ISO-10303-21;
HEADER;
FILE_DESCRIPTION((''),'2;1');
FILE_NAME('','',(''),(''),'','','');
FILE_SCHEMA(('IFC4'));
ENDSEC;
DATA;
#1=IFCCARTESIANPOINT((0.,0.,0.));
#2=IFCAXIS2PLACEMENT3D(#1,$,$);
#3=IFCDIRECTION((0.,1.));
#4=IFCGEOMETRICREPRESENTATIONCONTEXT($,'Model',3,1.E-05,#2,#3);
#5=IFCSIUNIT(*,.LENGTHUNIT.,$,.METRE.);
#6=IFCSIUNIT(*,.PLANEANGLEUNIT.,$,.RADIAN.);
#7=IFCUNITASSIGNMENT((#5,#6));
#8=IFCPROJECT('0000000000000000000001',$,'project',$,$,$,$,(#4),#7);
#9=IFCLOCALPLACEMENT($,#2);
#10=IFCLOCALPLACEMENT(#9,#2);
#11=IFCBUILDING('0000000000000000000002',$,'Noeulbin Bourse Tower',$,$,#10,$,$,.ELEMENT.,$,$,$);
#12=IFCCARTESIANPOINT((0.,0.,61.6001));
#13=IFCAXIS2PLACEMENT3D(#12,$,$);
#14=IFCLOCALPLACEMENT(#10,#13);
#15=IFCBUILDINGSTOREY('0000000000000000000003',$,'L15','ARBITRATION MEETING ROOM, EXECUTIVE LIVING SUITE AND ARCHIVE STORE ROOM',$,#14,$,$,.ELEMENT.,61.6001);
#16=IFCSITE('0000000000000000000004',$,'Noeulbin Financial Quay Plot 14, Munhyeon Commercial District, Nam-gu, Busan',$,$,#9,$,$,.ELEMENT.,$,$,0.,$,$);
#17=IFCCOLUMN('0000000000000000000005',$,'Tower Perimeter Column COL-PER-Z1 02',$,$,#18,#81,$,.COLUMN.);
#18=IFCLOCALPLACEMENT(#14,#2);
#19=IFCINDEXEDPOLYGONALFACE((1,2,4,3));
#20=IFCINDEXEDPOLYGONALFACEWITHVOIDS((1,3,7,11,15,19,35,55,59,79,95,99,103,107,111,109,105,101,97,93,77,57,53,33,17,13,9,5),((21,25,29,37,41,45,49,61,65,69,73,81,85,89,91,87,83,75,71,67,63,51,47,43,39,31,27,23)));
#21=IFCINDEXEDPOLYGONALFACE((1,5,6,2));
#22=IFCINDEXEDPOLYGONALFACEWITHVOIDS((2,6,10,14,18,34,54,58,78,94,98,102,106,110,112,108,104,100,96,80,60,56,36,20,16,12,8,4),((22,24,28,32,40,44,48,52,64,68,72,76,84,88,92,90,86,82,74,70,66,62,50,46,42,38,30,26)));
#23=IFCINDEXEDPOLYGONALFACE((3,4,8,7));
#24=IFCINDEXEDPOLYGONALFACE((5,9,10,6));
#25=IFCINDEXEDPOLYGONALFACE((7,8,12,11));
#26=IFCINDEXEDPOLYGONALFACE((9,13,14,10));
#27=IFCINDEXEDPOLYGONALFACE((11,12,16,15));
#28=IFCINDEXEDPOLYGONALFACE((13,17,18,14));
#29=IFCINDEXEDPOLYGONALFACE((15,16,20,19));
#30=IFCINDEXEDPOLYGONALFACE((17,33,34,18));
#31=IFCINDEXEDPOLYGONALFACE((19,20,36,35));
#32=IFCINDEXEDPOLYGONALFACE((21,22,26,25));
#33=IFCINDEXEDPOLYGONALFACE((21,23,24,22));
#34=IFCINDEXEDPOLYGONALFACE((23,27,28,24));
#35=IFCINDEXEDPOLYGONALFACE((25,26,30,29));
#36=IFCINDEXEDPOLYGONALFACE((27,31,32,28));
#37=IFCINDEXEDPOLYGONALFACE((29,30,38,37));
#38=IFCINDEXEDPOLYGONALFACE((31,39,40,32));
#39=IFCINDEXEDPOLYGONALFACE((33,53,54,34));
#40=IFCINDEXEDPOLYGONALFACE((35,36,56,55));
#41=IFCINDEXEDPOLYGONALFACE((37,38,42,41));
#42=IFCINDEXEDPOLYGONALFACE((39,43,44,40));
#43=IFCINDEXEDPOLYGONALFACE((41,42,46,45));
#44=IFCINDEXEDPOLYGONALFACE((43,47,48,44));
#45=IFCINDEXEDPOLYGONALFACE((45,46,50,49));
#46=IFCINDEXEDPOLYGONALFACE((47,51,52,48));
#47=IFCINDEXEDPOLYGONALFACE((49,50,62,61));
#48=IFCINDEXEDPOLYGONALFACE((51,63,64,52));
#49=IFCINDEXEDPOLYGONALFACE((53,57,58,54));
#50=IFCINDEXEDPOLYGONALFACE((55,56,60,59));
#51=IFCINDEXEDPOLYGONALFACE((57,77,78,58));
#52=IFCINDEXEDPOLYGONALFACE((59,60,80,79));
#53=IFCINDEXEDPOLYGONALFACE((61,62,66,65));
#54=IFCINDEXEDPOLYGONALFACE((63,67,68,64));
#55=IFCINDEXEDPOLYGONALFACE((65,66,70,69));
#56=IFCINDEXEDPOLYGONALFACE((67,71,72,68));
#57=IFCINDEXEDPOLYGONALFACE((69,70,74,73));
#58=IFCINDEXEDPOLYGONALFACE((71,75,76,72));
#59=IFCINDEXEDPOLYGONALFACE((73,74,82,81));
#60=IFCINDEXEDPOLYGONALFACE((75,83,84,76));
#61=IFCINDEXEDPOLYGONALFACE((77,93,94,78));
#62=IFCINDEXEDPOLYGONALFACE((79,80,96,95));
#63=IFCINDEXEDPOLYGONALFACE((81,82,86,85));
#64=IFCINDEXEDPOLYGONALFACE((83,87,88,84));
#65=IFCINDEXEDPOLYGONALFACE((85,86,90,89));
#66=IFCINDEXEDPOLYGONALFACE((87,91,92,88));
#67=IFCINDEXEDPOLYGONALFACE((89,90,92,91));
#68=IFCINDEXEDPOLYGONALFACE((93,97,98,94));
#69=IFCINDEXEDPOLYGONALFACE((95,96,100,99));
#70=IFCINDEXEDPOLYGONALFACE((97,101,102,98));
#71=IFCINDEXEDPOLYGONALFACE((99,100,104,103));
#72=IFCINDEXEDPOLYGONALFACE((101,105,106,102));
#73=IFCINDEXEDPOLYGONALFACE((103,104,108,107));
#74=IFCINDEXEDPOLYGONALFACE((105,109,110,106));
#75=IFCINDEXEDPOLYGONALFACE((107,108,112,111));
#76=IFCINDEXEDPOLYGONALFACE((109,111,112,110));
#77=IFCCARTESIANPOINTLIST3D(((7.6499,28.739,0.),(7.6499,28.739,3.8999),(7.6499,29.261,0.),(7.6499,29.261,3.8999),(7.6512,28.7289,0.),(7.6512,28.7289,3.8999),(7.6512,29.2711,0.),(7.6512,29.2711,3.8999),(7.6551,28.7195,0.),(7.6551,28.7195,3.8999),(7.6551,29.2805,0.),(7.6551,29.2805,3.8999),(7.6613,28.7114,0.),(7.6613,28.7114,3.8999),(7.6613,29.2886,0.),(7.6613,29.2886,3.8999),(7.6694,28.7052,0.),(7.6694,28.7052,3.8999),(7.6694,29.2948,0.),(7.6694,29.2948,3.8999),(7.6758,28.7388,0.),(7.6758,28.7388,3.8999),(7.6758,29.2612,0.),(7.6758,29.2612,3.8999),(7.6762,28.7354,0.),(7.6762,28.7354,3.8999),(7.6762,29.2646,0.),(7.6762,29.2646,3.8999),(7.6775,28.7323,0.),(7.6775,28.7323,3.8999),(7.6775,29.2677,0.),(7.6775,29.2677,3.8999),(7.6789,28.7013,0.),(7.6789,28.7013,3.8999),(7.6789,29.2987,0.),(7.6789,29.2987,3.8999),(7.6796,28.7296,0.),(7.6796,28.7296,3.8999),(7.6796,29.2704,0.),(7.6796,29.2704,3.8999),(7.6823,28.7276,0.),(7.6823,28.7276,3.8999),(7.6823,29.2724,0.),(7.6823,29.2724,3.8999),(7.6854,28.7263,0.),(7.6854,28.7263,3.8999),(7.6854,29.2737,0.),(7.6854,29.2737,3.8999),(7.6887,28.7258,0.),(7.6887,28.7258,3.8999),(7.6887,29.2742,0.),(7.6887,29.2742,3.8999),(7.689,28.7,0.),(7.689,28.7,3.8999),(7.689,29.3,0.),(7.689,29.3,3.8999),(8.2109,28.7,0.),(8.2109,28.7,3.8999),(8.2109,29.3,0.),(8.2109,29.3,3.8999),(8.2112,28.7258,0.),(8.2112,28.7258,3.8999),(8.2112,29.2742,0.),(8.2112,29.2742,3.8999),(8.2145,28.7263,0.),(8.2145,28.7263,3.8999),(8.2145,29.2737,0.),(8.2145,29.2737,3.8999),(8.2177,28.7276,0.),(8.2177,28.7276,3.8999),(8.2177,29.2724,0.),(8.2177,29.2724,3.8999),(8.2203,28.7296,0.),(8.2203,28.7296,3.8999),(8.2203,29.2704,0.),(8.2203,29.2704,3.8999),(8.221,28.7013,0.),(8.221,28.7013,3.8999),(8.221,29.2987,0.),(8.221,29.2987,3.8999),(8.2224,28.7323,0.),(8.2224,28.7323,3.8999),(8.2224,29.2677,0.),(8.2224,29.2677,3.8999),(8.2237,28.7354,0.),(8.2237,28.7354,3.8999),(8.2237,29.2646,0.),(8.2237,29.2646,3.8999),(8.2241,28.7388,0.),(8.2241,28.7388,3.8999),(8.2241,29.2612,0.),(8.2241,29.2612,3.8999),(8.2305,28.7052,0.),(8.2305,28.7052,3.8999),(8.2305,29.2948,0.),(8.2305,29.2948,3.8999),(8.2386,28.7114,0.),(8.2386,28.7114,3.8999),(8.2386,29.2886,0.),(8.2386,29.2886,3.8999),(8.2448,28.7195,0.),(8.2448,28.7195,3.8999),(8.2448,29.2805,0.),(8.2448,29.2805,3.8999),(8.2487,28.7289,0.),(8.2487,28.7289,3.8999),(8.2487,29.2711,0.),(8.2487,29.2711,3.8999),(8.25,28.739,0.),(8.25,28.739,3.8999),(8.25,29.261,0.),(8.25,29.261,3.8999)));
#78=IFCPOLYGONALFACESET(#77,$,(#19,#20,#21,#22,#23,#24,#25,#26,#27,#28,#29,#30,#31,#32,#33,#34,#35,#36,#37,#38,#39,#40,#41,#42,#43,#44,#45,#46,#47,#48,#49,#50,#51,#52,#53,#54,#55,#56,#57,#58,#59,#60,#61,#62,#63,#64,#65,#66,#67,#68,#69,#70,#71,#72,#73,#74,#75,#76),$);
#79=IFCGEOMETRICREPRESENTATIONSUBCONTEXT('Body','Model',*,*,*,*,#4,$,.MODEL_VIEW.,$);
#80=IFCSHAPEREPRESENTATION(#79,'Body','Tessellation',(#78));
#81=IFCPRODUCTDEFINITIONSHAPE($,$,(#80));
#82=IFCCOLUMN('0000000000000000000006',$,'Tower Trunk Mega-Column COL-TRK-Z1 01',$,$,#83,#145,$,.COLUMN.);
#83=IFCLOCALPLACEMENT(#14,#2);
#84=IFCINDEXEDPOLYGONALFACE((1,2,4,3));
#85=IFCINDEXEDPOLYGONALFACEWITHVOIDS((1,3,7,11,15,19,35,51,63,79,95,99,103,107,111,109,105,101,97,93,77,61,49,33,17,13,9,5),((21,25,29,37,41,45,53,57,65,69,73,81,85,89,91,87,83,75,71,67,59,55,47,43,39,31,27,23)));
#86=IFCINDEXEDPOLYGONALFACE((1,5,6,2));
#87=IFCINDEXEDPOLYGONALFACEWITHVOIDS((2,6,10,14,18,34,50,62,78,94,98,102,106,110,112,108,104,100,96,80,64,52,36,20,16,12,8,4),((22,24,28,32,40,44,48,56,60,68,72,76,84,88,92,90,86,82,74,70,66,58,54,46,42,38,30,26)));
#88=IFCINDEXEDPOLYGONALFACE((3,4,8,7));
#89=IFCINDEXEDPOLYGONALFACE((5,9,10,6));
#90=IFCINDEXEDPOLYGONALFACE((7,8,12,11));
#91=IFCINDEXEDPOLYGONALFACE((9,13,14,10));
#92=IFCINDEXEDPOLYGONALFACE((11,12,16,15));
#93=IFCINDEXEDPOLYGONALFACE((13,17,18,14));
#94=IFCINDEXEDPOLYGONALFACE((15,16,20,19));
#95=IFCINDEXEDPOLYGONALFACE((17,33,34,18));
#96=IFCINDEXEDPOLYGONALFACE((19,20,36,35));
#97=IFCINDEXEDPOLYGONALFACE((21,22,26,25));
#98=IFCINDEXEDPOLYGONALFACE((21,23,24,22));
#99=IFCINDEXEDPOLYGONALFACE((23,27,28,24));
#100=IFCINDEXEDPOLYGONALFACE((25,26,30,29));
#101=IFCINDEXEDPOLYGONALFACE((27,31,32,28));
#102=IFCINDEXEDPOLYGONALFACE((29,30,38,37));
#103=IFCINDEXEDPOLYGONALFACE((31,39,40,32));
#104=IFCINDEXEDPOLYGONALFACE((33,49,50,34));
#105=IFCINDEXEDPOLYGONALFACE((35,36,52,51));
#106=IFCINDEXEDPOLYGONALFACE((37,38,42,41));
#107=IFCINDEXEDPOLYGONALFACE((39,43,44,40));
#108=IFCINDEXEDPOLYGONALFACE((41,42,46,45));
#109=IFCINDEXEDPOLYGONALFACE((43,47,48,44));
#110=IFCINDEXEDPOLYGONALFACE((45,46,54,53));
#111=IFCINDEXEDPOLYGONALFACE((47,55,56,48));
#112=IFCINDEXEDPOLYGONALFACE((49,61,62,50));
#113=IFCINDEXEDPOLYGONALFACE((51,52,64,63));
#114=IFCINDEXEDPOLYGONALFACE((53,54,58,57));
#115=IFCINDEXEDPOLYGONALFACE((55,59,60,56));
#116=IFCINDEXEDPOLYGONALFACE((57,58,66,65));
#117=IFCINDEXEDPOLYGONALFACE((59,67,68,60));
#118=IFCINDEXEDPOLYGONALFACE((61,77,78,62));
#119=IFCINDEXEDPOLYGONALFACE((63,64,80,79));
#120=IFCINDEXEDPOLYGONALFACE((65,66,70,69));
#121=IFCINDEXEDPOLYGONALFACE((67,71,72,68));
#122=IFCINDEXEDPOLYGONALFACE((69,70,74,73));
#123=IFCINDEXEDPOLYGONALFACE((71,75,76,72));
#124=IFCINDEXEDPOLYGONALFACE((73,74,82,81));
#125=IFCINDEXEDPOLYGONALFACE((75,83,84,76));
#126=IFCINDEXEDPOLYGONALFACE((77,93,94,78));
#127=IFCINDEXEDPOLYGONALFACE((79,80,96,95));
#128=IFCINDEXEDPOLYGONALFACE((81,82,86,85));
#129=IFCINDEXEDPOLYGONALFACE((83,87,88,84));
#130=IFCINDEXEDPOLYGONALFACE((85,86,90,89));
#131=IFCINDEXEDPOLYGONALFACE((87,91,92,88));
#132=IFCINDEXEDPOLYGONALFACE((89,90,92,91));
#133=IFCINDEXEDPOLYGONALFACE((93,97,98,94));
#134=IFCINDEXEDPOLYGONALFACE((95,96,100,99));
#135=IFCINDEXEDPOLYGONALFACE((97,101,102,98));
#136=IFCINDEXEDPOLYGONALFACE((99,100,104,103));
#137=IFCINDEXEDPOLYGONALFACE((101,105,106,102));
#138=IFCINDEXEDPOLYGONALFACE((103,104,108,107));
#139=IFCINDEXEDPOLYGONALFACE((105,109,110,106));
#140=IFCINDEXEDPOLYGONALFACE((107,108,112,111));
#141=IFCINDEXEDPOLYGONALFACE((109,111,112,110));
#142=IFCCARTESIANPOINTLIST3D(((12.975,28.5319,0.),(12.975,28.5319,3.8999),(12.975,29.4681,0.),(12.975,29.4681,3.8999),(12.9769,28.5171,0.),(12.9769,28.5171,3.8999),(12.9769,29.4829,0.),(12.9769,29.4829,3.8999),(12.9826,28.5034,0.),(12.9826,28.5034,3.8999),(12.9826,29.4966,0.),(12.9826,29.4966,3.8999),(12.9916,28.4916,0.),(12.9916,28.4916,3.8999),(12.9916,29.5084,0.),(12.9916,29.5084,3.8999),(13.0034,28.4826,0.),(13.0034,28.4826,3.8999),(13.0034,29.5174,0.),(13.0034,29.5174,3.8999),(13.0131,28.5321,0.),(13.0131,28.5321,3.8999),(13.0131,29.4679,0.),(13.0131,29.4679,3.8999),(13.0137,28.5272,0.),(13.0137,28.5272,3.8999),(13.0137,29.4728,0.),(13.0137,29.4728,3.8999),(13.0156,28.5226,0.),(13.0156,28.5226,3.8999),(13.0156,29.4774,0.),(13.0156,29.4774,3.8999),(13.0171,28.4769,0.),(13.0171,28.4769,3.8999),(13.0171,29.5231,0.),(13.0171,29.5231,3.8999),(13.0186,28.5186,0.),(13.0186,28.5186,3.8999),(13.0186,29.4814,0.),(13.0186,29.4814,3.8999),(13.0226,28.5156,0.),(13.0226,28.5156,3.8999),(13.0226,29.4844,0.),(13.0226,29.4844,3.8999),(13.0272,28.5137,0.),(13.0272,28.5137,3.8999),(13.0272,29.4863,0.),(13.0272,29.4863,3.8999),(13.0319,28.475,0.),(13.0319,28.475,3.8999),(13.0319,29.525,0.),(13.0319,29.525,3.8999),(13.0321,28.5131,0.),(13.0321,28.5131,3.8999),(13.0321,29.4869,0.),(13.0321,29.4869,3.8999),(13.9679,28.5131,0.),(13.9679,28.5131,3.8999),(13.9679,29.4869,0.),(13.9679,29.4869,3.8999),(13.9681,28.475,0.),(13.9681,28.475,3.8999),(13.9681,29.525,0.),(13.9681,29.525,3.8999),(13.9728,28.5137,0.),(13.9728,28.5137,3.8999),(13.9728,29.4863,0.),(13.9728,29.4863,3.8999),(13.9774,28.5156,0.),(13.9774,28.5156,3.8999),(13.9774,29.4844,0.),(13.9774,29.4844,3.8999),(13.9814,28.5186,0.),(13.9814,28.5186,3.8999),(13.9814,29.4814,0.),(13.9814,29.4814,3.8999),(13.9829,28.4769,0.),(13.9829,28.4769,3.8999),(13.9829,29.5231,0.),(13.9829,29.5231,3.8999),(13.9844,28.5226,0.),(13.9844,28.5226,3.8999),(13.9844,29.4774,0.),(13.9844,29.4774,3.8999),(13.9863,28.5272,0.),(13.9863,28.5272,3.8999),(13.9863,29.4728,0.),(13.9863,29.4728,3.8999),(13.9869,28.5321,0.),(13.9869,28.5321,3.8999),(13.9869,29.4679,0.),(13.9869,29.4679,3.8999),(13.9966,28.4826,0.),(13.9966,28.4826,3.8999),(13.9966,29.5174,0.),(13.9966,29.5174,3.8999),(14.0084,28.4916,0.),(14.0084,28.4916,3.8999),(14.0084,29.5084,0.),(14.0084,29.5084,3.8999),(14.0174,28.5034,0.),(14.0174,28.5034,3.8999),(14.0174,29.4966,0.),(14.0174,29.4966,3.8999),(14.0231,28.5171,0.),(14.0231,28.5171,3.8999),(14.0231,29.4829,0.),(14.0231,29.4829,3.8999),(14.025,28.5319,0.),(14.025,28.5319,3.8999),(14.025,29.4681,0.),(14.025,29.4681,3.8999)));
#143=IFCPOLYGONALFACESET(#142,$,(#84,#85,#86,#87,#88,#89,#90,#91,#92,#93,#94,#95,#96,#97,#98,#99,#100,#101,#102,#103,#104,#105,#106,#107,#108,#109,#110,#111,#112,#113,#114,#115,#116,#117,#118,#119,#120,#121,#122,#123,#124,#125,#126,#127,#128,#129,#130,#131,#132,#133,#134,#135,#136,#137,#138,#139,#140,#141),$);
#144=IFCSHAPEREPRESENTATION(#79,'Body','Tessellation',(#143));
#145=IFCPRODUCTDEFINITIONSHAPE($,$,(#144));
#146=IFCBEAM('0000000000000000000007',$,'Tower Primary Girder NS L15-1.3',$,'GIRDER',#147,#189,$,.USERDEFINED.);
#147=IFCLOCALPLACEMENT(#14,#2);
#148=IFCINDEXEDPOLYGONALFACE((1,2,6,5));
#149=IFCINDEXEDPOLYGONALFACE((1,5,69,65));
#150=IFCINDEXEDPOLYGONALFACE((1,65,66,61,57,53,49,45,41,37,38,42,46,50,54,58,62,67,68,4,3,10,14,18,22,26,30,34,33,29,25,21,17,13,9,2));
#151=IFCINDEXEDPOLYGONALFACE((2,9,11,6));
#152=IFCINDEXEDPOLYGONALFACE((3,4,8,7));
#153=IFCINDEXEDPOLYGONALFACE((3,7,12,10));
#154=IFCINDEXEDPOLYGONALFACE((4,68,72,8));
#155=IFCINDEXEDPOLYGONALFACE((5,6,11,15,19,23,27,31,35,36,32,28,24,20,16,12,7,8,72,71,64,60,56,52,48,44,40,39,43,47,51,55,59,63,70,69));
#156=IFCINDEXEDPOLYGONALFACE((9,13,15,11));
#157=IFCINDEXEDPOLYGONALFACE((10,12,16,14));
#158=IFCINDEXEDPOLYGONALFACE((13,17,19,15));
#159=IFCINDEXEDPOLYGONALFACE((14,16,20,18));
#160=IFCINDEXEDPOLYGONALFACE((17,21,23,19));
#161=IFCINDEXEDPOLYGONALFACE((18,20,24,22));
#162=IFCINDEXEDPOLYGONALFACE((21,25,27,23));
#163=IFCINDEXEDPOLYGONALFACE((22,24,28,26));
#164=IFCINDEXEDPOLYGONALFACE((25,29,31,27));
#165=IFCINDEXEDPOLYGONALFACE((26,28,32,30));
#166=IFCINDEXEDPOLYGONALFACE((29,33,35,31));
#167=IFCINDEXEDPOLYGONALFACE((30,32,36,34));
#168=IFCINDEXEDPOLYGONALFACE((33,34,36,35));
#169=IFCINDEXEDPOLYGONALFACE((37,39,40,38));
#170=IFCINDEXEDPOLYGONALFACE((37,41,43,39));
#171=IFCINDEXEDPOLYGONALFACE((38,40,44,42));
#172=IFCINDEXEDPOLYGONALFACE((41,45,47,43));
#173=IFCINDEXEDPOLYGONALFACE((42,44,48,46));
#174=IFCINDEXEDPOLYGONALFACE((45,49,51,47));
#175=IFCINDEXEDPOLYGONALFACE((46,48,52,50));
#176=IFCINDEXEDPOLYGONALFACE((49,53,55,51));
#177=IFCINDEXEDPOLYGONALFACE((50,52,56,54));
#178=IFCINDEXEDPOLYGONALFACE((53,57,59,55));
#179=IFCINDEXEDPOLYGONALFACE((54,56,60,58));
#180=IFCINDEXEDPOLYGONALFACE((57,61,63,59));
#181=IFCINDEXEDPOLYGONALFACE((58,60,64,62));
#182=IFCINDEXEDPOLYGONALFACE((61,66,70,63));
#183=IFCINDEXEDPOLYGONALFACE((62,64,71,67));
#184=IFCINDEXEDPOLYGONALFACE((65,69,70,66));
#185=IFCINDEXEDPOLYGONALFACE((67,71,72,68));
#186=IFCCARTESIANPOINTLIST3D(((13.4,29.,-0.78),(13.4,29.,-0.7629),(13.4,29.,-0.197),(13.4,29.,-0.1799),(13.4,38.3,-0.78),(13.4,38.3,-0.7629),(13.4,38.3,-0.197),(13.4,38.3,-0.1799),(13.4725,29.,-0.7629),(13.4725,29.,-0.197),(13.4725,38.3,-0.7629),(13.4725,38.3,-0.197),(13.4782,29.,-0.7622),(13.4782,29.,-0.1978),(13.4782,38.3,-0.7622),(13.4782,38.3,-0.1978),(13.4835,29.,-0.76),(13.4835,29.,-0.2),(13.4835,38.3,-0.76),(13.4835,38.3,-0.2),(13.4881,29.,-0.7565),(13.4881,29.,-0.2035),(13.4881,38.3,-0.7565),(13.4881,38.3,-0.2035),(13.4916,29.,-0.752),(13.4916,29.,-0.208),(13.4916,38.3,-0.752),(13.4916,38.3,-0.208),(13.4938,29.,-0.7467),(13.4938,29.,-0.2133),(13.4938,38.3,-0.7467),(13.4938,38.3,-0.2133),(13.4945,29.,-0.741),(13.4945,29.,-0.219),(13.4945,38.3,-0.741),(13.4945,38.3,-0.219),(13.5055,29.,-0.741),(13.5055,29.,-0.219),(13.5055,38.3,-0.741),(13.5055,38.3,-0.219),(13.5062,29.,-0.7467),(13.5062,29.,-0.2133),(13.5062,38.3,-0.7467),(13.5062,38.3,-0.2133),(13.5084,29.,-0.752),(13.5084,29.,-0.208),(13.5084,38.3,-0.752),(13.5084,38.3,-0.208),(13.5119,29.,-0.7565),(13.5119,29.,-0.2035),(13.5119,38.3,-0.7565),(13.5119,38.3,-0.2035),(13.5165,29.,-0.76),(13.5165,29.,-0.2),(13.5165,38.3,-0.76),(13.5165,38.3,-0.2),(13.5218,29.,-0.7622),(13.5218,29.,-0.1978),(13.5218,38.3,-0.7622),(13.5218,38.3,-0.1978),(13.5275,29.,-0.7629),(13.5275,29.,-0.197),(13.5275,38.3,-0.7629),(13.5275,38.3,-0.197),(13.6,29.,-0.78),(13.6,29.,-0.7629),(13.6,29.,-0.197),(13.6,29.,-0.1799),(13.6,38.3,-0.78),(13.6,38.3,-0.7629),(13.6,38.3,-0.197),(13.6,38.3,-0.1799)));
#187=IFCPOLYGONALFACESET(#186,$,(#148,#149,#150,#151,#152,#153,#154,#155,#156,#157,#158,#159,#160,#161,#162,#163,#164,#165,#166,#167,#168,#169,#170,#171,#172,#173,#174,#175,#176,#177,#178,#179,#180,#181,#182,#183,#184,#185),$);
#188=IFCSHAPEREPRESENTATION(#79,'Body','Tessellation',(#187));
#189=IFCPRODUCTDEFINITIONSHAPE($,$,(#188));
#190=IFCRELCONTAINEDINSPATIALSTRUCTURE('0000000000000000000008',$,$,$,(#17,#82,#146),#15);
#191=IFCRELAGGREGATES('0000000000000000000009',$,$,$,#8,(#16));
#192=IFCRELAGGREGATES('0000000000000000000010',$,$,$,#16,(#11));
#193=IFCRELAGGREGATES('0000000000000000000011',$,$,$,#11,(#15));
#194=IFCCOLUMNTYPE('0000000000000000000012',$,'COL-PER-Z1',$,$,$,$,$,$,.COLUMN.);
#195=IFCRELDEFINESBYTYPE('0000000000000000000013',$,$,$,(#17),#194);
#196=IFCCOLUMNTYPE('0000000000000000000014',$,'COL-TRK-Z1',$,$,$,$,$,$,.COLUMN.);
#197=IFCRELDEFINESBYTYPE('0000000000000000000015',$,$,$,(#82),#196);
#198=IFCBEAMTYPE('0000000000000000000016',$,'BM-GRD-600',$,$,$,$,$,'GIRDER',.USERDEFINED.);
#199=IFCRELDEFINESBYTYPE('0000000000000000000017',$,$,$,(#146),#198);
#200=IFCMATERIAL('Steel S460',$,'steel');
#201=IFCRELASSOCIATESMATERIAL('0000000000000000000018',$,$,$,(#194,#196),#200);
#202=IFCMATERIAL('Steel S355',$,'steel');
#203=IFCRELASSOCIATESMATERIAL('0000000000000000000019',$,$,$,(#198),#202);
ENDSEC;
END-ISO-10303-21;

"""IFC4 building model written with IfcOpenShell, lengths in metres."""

from ifc_helpers import new_model, si_unit, direction, frame, origin, origin_2d, place, context, subcontext, project, spatial, hollow_rectangle, i_section, extrude, material, material_profile, profile_set, type_object, element, save


model = new_model("IFC4")

# Units and contexts
model_context = context("Model", 3, precision=1e-05, world=origin(), true_north=direction((0.0, 1.0)))
body_context = subcontext(model_context, "Body", "Model", "MODEL_VIEW")
ifc_project = project(units=[si_unit("LENGTHUNIT", "METRE"), si_unit("PLANEANGLEUNIT", "RADIAN")], contexts=[model_context])

# Site, building, storey
site_placement = place(None, origin())
site = spatial("IfcSite", under=ifc_project, at=site_placement, Name="Noeulbin Financial Quay Plot 14, Munhyeon Commercial District, Nam-gu, Busan", CompositionType="ELEMENT", RefElevation=0.0)
building_placement = place(site_placement, origin())
building = spatial("IfcBuilding", under=site, at=building_placement, Name="Noeulbin Bourse Tower", CompositionType="ELEMENT")
storey_placement = place(building_placement, frame((0.0, 0.0, 61.6001)))
storey = spatial("IfcBuildingStorey", under=building, at=storey_placement, Name="L15", Description="ARBITRATION MEETING ROOM, EXECUTIVE LIVING SUITE AND ARCHIVE STORE ROOM", CompositionType="ELEMENT", Elevation=61.6001)

# Columns
ifc_material_1 = material(Name="Steel S460", Category="steel")
ifc_material_profile_1 = material_profile(ifc_material_1, hollow_rectangle(XDim=0.6001, YDim=0.6001, WallThickness=0.0259, InnerFilletRadius=0.0129, OuterFilletRadius=0.0391, at=origin_2d()), Name="BOX-600x600x26", Category="LoadBearing")
ifc_profile_set_1 = profile_set([ifc_material_profile_1], Name="Steel S460")
column_type_1 = type_object("IfcColumnType", Name="COL-PER-Z1", PredefinedType="COLUMN", material=ifc_profile_set_1)
column_1_placement = place(storey_placement, frame((7.95, 29.0, 0.0), z_axis=(0.0, 0.0, 1.0), x_axis=(1.0, 0.0, 0.0)))
element("IfcColumn", 1, at=column_1_placement, inside=storey, type_object=column_type_1, Name="Tower Perimeter Column COL-PER-Z1 02", PredefinedType="COLUMN", context=body_context, shape_type="SweptSolid", body=[
    extrude(hollow_rectangle(XDim=0.6001, YDim=0.6001, WallThickness=0.0259, InnerFilletRadius=0.0129, OuterFilletRadius=0.0391, at=origin_2d()), origin(), (0.0, 0.0, 1.0), 3.8999),
])
ifc_material_profile_2 = material_profile(ifc_material_1, hollow_rectangle(XDim=1.05, YDim=1.05, WallThickness=0.0381, InnerFilletRadius=0.019, OuterFilletRadius=0.0569, at=origin_2d()), Name="BOX-1050x1050x38", Category="LoadBearing")
ifc_profile_set_2 = profile_set([ifc_material_profile_2], Name="Steel S460")
column_type_2 = type_object("IfcColumnType", Name="COL-TRK-Z1", PredefinedType="COLUMN", material=ifc_profile_set_2)
column_2_placement = place(storey_placement, frame((13.5, 29.0, 0.0), z_axis=(0.0, 0.0, 1.0), x_axis=(1.0, 0.0, 0.0)))
element("IfcColumn", 2, at=column_2_placement, inside=storey, type_object=column_type_2, Name="Tower Trunk Mega-Column COL-TRK-Z1 01", PredefinedType="COLUMN", context=body_context, shape_type="SweptSolid", body=[
    extrude(hollow_rectangle(XDim=1.05, YDim=1.05, WallThickness=0.0381, InnerFilletRadius=0.019, OuterFilletRadius=0.0569, at=origin_2d()), origin(), (0.0, 0.0, 1.0), 3.8999),
])

# Beam
ifc_material_2 = material(Name="Steel S355", Category="steel")
ifc_material_profile_3 = material_profile(ifc_material_2, i_section(OverallWidth=0.2, OverallDepth=0.6001, WebThickness=0.011, FlangeThickness=0.0171, FilletRadius=0.022, at=origin_2d()), Name="H-600x200x11x17", Category="LoadBearing")
ifc_profile_set_3 = profile_set([ifc_material_profile_3], Name="Steel S355")
beam_type_1 = type_object("IfcBeamType", Name="BM-GRD-600", ElementType="GIRDER", PredefinedType="USERDEFINED", material=ifc_profile_set_3)
beam_1_placement = place(storey_placement, frame((13.5, 29.0, -0.48), z_axis=(0.0, 1.0, 0.0), x_axis=(-1.0, 0.0, 0.0)))
element("IfcBeam", 3, at=beam_1_placement, inside=storey, type_object=beam_type_1, Name="Tower Primary Girder NS L15-1.3", ObjectType="GIRDER", PredefinedType="USERDEFINED", context=body_context, shape_type="SweptSolid", body=[
    extrude(i_section(OverallWidth=0.2, OverallDepth=0.6001, WebThickness=0.011, FlangeThickness=0.0171, FilletRadius=0.022, at=origin_2d()), origin(), (0.0, 0.0, 1.0), 9.3),
])

save(model, "model.ifc")
